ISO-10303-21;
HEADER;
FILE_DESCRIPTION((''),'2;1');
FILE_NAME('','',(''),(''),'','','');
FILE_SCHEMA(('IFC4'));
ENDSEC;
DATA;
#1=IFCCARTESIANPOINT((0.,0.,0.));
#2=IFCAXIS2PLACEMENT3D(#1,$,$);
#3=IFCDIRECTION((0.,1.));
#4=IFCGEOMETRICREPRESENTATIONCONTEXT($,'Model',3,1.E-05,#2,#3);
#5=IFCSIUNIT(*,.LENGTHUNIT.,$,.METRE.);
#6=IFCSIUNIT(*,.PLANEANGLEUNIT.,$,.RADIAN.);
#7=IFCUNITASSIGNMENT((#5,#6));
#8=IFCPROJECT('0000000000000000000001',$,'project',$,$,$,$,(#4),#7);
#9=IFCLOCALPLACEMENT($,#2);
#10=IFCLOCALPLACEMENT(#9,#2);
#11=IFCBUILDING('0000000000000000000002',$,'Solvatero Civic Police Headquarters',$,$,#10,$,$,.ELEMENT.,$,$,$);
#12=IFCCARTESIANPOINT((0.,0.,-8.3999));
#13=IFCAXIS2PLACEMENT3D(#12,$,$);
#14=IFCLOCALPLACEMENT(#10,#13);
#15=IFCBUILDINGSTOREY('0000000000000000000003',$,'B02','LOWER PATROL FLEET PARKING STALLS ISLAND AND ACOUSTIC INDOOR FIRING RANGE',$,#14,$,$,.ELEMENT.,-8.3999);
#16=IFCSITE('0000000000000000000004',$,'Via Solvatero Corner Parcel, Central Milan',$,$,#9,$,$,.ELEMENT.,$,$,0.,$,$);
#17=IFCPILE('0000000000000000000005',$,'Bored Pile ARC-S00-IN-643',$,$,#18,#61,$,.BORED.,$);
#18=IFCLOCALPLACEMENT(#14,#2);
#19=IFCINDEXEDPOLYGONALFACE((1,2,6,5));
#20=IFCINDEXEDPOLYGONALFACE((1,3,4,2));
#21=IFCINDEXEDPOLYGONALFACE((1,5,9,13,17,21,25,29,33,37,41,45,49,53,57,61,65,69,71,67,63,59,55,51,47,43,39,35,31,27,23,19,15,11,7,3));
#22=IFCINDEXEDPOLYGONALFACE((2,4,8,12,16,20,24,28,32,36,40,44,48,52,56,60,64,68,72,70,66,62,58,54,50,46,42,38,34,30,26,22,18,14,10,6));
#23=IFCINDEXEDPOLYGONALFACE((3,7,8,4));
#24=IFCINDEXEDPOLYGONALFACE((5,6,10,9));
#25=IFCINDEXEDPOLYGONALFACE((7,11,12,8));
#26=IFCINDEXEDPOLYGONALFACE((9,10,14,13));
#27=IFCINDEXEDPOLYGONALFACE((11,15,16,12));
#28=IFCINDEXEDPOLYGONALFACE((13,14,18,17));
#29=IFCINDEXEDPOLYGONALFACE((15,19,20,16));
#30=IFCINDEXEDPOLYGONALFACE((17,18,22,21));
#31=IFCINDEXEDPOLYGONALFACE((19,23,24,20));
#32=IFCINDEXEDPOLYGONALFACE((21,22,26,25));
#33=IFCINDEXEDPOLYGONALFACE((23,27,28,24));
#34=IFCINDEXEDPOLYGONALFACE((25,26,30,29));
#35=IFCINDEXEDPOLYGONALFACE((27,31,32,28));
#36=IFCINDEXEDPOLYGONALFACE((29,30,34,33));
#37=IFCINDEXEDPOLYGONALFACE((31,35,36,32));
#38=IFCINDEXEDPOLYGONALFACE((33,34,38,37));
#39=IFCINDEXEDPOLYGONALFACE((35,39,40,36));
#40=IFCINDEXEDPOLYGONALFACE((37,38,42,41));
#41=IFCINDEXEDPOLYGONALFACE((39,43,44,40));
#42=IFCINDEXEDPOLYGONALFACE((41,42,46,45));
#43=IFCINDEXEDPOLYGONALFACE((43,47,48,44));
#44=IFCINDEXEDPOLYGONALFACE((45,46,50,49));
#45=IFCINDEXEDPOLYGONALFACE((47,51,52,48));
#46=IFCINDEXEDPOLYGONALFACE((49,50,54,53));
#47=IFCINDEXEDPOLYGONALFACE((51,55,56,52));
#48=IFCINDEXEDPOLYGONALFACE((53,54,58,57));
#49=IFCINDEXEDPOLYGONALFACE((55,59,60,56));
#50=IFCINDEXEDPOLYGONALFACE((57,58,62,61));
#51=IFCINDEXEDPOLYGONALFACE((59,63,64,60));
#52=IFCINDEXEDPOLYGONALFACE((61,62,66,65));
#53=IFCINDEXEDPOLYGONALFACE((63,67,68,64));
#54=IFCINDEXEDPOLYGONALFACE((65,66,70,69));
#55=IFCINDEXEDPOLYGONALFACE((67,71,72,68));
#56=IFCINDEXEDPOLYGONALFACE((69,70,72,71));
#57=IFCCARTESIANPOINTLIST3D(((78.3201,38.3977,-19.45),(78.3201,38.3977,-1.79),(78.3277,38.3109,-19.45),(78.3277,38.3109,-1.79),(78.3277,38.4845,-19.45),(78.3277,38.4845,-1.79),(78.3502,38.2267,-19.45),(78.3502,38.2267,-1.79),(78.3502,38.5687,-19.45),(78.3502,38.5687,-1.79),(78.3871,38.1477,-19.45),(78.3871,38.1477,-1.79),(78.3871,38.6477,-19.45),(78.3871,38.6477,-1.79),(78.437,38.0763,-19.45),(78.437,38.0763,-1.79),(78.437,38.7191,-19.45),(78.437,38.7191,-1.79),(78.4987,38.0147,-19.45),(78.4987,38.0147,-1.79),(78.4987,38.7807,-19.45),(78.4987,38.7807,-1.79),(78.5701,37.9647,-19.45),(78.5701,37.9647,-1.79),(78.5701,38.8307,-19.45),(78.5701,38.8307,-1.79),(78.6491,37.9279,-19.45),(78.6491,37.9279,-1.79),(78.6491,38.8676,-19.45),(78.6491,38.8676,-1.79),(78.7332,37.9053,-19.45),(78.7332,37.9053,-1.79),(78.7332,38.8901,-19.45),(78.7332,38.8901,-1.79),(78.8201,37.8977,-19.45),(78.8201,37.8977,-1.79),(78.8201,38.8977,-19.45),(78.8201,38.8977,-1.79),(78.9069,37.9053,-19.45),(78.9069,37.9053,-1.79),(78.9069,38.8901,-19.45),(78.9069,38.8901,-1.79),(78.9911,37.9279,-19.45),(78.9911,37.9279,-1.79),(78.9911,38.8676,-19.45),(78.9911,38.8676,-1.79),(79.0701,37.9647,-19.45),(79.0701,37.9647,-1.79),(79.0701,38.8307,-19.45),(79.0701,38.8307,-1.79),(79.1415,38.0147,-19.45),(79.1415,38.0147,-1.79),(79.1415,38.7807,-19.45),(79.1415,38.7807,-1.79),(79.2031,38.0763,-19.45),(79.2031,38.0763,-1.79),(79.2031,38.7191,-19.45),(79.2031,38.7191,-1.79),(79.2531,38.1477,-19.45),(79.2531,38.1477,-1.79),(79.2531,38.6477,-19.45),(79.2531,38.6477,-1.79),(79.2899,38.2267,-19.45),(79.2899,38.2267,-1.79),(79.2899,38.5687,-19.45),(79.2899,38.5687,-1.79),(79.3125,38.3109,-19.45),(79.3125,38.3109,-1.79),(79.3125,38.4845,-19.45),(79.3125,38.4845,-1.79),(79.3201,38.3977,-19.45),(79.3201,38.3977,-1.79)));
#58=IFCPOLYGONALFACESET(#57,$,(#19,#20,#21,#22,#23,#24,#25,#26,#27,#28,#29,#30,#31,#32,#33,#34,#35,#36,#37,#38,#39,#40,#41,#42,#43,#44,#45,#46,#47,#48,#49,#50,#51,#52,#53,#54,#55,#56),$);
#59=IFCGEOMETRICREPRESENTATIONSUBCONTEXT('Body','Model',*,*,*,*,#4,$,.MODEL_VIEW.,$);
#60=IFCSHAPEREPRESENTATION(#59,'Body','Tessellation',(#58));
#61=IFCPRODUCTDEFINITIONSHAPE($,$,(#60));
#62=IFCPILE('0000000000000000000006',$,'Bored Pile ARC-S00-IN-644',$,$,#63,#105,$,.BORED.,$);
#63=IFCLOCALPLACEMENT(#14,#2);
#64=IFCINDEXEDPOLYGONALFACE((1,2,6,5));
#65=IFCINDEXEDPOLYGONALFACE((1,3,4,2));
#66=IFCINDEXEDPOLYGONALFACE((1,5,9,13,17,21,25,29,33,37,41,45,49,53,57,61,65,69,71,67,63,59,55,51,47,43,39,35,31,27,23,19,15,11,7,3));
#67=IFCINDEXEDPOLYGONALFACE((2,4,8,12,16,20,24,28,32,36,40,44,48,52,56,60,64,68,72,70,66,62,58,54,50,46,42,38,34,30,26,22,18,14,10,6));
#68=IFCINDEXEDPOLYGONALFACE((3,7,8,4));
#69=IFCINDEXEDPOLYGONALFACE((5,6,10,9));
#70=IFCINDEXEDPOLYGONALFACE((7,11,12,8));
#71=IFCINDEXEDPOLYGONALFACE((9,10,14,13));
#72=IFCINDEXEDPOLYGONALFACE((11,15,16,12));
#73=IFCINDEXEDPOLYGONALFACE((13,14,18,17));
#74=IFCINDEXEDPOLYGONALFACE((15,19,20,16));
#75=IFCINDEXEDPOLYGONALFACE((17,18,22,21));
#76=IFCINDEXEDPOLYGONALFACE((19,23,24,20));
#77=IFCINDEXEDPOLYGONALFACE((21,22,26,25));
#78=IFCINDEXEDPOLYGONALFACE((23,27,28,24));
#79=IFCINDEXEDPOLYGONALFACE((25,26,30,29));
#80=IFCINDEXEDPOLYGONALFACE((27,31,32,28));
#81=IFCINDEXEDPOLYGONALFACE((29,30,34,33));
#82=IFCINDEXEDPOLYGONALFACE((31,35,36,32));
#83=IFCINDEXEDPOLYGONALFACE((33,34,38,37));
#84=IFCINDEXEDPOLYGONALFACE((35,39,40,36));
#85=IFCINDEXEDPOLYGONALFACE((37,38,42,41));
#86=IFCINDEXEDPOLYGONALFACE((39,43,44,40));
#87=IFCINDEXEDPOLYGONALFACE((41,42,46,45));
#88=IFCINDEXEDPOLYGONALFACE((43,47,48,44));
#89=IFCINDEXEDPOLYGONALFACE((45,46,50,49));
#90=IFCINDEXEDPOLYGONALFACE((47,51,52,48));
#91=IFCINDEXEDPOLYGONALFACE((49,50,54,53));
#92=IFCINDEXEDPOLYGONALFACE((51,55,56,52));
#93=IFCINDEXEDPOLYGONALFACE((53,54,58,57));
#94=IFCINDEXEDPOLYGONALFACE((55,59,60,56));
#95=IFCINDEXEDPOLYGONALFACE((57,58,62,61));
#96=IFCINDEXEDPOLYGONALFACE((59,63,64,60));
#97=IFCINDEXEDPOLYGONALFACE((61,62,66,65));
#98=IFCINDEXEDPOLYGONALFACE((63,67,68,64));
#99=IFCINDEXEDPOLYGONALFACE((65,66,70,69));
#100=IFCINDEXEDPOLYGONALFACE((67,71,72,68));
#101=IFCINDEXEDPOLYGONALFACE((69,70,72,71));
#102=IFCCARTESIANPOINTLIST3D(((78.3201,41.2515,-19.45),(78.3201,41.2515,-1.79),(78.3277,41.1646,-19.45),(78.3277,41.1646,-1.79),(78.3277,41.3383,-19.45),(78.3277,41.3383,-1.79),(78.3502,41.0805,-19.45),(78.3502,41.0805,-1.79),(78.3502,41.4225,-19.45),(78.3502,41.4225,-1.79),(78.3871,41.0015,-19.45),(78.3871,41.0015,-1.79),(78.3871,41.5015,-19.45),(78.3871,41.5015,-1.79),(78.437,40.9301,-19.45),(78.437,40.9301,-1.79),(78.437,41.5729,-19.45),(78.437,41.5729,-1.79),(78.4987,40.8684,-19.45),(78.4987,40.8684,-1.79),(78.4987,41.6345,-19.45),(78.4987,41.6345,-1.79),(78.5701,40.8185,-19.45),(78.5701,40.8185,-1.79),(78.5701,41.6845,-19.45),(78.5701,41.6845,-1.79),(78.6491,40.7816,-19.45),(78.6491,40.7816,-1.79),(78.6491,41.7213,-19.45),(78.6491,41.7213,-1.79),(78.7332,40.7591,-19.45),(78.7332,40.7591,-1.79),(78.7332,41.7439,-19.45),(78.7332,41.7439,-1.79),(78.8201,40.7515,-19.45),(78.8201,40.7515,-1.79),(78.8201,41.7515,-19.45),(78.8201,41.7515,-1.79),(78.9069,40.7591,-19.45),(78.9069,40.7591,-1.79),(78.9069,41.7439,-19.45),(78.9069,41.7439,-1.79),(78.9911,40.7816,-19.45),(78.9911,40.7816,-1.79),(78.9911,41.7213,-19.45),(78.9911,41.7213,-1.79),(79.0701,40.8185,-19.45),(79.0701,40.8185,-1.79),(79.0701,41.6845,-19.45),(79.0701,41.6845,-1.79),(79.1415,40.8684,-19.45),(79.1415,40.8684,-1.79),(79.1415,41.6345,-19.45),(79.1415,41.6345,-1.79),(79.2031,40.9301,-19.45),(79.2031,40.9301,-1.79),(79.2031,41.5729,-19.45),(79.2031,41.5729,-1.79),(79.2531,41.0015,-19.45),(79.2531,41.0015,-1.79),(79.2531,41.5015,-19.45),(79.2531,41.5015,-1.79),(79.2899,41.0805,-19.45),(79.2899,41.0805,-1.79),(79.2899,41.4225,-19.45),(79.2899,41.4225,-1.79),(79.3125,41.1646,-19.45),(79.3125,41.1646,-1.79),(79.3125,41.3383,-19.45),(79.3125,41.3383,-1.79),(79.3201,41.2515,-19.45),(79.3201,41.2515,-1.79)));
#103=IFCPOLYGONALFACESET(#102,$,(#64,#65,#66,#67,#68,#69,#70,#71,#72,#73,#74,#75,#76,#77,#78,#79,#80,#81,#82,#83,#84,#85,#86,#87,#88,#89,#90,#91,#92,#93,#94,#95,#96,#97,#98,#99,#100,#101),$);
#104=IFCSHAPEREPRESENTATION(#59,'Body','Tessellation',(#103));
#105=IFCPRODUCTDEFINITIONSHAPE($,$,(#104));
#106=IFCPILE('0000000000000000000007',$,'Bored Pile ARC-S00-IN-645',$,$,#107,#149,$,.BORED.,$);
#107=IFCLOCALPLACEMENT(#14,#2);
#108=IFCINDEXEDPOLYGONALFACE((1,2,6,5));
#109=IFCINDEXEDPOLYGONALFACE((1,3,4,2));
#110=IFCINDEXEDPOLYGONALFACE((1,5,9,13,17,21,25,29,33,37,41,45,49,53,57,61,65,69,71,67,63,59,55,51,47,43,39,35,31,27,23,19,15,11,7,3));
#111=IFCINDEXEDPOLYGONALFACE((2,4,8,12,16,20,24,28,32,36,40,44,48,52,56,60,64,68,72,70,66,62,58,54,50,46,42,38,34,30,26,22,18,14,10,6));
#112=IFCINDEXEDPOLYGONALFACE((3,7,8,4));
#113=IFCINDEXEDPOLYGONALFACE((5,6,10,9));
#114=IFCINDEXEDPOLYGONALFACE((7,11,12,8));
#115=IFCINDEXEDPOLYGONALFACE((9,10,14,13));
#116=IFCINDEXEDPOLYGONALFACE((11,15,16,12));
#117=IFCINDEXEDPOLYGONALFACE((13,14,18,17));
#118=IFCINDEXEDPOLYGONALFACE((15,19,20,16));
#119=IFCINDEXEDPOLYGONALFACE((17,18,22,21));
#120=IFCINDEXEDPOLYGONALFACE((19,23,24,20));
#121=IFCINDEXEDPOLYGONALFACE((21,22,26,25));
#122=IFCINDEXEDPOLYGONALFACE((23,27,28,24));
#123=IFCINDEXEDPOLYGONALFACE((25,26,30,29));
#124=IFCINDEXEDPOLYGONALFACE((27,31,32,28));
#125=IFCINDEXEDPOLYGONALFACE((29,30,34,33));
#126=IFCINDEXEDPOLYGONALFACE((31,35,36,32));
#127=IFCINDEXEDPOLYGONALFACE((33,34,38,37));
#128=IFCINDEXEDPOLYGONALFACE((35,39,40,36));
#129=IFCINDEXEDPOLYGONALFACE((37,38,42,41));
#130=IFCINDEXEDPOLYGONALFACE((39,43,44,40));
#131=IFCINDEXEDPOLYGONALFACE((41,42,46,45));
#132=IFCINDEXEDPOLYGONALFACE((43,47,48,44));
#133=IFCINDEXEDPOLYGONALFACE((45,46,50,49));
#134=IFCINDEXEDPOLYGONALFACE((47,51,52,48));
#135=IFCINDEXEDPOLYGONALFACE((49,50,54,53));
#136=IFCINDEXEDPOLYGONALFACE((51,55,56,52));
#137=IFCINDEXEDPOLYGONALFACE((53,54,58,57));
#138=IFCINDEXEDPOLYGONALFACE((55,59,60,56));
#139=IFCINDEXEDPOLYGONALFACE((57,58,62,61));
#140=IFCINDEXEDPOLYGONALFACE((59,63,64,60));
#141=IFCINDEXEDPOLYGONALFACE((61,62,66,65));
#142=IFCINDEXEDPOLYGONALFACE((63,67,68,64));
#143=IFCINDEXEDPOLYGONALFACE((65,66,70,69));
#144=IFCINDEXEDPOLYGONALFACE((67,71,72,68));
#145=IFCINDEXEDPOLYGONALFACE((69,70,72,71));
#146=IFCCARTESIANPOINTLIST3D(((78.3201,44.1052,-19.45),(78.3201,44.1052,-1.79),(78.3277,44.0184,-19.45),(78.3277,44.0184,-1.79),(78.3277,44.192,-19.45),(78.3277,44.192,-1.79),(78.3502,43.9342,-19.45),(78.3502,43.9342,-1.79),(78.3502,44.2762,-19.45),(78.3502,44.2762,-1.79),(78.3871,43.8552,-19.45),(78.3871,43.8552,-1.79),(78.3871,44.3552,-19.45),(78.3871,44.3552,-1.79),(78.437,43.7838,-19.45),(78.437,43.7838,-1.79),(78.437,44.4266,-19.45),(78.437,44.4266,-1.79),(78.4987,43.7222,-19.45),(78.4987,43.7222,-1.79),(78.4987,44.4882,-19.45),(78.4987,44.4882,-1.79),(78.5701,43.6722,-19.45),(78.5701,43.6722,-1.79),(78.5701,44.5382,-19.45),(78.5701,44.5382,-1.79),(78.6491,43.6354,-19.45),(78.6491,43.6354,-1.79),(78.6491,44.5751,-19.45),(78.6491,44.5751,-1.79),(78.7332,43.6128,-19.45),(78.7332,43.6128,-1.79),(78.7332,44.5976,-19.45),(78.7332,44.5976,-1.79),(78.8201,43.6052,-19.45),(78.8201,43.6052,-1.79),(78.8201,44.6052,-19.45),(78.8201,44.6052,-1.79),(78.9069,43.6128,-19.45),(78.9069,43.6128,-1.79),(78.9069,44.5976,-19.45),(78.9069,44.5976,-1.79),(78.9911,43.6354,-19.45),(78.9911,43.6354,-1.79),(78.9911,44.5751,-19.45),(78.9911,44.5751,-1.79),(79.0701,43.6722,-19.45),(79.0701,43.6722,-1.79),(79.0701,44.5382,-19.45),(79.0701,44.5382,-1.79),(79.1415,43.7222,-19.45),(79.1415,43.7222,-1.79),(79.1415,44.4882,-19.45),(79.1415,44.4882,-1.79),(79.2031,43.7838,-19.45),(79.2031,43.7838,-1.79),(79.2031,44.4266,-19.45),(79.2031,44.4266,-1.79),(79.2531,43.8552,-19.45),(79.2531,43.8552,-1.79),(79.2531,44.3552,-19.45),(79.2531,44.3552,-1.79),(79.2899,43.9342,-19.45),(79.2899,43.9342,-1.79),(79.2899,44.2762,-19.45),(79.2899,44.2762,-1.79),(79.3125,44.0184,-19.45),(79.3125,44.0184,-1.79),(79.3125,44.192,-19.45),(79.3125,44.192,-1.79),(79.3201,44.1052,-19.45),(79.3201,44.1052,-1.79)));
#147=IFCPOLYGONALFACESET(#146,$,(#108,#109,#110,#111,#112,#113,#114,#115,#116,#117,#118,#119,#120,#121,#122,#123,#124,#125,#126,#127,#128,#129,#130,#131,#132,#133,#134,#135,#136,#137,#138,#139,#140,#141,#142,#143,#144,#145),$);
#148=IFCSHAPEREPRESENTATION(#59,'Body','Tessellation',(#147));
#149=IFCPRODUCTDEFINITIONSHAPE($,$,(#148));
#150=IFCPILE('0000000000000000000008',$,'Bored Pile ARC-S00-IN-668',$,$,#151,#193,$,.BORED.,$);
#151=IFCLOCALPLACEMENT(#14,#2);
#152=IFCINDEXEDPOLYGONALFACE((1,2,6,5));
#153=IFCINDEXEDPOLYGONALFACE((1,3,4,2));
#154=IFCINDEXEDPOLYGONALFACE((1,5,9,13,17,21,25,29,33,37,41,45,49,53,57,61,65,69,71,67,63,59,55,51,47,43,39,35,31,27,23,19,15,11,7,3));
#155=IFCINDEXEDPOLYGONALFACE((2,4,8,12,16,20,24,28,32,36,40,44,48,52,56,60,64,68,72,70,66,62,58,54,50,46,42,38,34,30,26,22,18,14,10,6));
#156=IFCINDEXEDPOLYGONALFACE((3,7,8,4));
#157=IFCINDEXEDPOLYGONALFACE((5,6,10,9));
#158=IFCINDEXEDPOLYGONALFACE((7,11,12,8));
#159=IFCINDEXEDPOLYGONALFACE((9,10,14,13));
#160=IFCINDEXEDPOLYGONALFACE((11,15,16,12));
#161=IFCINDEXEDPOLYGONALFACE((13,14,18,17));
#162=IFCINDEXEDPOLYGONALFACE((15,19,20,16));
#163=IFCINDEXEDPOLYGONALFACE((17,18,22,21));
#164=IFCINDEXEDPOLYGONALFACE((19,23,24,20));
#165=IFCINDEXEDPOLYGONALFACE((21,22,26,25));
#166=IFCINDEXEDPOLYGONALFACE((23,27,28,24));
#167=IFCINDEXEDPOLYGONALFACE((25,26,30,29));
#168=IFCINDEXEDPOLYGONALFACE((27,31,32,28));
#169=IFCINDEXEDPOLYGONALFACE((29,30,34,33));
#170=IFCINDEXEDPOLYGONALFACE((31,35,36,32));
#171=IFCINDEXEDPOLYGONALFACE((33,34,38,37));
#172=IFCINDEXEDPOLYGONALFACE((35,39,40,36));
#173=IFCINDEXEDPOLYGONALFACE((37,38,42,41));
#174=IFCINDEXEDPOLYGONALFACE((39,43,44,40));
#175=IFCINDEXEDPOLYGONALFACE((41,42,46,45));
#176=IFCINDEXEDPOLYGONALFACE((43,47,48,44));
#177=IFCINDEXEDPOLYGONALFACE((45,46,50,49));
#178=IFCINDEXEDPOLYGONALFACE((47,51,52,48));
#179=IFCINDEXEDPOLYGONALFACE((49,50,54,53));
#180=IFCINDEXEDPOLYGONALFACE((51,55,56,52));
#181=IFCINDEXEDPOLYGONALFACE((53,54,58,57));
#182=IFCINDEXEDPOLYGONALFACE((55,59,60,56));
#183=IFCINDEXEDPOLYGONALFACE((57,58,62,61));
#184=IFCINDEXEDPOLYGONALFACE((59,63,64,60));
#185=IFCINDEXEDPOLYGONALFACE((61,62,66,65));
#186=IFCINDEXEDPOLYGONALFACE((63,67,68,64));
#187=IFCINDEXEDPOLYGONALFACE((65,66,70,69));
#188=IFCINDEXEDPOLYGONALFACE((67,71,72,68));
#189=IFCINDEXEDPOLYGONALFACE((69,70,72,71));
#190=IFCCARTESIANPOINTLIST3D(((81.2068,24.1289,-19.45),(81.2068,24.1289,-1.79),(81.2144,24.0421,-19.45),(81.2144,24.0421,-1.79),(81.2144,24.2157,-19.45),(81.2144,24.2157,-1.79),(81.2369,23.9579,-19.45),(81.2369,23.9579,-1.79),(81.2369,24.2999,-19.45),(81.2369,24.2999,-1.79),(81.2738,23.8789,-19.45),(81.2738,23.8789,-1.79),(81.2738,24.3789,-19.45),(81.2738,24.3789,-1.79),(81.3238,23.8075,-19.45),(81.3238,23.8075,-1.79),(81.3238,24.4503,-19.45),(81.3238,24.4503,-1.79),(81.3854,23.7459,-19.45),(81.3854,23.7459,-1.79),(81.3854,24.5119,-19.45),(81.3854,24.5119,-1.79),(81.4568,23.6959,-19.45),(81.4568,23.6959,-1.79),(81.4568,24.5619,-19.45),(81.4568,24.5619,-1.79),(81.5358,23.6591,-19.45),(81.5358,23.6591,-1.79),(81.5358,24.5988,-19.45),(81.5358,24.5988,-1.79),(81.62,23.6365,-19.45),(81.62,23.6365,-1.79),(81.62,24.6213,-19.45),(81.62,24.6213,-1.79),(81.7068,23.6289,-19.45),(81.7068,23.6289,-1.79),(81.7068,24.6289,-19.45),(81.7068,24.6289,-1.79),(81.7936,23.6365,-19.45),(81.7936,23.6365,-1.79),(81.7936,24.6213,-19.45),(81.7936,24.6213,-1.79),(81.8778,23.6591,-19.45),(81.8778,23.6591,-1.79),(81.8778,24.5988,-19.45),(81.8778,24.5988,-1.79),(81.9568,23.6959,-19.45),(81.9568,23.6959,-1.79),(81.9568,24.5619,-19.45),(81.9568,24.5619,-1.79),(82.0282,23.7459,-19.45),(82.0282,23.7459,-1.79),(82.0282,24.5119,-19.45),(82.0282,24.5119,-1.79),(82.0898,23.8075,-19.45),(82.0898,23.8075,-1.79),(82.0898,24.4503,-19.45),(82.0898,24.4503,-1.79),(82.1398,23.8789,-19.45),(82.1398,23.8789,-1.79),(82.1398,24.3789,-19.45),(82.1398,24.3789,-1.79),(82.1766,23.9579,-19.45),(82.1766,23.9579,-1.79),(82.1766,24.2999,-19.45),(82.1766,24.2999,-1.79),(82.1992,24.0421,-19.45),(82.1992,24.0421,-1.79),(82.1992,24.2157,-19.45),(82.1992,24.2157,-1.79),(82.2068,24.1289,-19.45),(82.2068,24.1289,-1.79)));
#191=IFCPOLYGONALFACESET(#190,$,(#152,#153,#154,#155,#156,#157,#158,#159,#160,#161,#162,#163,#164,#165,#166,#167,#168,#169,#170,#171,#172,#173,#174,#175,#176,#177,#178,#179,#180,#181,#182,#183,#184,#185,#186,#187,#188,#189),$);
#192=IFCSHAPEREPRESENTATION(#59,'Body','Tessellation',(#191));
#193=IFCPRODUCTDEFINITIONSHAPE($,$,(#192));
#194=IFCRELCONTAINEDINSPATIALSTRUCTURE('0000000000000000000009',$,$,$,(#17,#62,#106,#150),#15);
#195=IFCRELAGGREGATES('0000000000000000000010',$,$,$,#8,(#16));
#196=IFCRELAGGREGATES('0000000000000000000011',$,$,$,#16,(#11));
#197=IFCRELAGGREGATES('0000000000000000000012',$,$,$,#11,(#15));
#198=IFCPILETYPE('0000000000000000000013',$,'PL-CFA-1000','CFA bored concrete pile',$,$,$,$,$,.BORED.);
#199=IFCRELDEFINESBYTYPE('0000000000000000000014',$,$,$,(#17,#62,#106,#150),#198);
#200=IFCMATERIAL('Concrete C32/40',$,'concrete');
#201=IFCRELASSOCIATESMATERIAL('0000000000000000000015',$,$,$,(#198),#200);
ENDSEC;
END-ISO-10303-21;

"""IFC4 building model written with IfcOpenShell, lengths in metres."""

from ifc_helpers import new_model, si_unit, direction, frame, origin, origin_2d, place, context, subcontext, project, spatial, circle, extrude, material, material_profile, profile_set, type_object, element, save


model = new_model("IFC4")

# Units and contexts
model_context = context("Model", 3, precision=1e-05, world=origin(), true_north=direction((0.0, 1.0)))
body_context = subcontext(model_context, "Body", "Model", "MODEL_VIEW")
ifc_project = project(units=[si_unit("LENGTHUNIT", "METRE"), si_unit("PLANEANGLEUNIT", "RADIAN")], contexts=[model_context])

# Site, building, storey
site_placement = place(None, origin())
site = spatial("IfcSite", under=ifc_project, at=site_placement, Name="Via Solvatero Corner Parcel, Central Milan", CompositionType="ELEMENT", RefElevation=0.0)
building_placement = place(site_placement, origin())
building = spatial("IfcBuilding", under=site, at=building_placement, Name="Solvatero Civic Police Headquarters", CompositionType="ELEMENT")
storey_placement = place(building_placement, frame((0.0, 0.0, -8.3999)))
storey = spatial("IfcBuildingStorey", under=building, at=storey_placement, Name="B02", Description="LOWER PATROL FLEET PARKING STALLS ISLAND AND ACOUSTIC INDOOR FIRING RANGE", CompositionType="ELEMENT", Elevation=-8.3999)

# Piles
ifc_material_1 = material(Name="Concrete C32/40", Category="concrete")
ifc_material_profile_1 = material_profile(ifc_material_1, circle(Radius=0.5, at=origin_2d()), Name="CFA PILE D1000")
ifc_profile_set_1 = profile_set([ifc_material_profile_1], Name="Concrete C32/40")
pile_type = type_object("IfcPileType", Name="PL-CFA-1000", Description="CFA bored concrete pile", PredefinedType="BORED", material=ifc_profile_set_1)
for number, where, z_axis, x_axis, name in (
    (1, (78.8201, 38.3977, -1.79), (0.0, 0.0, -1.0), (1.0, 0.0, 0.0), "Bored Pile ARC-S00-IN-643"),
    (2, (78.8201, 41.2515, -1.79), (0.0, 0.0, -1.0), (1.0, 0.0, 0.0), "Bored Pile ARC-S00-IN-644"),
    (3, (78.8201, 44.1052, -1.79), (0.0, 0.0, -1.0), (1.0, 0.0, 0.0), "Bored Pile ARC-S00-IN-645"),
    (4, (81.7068, 24.1289, -1.79), (0.0, 0.0, -1.0), (1.0, 0.0, 0.0), "Bored Pile ARC-S00-IN-668"),
):
    element("IfcPile", number, at=place(storey_placement, frame(where, z_axis=z_axis, x_axis=x_axis)), inside=storey, type_object=pile_type, Name=name, PredefinedType="BORED", context=body_context, shape_type="SweptSolid", body=[
        extrude(circle(Radius=0.5, at=origin_2d()), origin(), (0.0, 0.0, 1.0), 17.6599),
    ])

save(model, "model.ifc")
